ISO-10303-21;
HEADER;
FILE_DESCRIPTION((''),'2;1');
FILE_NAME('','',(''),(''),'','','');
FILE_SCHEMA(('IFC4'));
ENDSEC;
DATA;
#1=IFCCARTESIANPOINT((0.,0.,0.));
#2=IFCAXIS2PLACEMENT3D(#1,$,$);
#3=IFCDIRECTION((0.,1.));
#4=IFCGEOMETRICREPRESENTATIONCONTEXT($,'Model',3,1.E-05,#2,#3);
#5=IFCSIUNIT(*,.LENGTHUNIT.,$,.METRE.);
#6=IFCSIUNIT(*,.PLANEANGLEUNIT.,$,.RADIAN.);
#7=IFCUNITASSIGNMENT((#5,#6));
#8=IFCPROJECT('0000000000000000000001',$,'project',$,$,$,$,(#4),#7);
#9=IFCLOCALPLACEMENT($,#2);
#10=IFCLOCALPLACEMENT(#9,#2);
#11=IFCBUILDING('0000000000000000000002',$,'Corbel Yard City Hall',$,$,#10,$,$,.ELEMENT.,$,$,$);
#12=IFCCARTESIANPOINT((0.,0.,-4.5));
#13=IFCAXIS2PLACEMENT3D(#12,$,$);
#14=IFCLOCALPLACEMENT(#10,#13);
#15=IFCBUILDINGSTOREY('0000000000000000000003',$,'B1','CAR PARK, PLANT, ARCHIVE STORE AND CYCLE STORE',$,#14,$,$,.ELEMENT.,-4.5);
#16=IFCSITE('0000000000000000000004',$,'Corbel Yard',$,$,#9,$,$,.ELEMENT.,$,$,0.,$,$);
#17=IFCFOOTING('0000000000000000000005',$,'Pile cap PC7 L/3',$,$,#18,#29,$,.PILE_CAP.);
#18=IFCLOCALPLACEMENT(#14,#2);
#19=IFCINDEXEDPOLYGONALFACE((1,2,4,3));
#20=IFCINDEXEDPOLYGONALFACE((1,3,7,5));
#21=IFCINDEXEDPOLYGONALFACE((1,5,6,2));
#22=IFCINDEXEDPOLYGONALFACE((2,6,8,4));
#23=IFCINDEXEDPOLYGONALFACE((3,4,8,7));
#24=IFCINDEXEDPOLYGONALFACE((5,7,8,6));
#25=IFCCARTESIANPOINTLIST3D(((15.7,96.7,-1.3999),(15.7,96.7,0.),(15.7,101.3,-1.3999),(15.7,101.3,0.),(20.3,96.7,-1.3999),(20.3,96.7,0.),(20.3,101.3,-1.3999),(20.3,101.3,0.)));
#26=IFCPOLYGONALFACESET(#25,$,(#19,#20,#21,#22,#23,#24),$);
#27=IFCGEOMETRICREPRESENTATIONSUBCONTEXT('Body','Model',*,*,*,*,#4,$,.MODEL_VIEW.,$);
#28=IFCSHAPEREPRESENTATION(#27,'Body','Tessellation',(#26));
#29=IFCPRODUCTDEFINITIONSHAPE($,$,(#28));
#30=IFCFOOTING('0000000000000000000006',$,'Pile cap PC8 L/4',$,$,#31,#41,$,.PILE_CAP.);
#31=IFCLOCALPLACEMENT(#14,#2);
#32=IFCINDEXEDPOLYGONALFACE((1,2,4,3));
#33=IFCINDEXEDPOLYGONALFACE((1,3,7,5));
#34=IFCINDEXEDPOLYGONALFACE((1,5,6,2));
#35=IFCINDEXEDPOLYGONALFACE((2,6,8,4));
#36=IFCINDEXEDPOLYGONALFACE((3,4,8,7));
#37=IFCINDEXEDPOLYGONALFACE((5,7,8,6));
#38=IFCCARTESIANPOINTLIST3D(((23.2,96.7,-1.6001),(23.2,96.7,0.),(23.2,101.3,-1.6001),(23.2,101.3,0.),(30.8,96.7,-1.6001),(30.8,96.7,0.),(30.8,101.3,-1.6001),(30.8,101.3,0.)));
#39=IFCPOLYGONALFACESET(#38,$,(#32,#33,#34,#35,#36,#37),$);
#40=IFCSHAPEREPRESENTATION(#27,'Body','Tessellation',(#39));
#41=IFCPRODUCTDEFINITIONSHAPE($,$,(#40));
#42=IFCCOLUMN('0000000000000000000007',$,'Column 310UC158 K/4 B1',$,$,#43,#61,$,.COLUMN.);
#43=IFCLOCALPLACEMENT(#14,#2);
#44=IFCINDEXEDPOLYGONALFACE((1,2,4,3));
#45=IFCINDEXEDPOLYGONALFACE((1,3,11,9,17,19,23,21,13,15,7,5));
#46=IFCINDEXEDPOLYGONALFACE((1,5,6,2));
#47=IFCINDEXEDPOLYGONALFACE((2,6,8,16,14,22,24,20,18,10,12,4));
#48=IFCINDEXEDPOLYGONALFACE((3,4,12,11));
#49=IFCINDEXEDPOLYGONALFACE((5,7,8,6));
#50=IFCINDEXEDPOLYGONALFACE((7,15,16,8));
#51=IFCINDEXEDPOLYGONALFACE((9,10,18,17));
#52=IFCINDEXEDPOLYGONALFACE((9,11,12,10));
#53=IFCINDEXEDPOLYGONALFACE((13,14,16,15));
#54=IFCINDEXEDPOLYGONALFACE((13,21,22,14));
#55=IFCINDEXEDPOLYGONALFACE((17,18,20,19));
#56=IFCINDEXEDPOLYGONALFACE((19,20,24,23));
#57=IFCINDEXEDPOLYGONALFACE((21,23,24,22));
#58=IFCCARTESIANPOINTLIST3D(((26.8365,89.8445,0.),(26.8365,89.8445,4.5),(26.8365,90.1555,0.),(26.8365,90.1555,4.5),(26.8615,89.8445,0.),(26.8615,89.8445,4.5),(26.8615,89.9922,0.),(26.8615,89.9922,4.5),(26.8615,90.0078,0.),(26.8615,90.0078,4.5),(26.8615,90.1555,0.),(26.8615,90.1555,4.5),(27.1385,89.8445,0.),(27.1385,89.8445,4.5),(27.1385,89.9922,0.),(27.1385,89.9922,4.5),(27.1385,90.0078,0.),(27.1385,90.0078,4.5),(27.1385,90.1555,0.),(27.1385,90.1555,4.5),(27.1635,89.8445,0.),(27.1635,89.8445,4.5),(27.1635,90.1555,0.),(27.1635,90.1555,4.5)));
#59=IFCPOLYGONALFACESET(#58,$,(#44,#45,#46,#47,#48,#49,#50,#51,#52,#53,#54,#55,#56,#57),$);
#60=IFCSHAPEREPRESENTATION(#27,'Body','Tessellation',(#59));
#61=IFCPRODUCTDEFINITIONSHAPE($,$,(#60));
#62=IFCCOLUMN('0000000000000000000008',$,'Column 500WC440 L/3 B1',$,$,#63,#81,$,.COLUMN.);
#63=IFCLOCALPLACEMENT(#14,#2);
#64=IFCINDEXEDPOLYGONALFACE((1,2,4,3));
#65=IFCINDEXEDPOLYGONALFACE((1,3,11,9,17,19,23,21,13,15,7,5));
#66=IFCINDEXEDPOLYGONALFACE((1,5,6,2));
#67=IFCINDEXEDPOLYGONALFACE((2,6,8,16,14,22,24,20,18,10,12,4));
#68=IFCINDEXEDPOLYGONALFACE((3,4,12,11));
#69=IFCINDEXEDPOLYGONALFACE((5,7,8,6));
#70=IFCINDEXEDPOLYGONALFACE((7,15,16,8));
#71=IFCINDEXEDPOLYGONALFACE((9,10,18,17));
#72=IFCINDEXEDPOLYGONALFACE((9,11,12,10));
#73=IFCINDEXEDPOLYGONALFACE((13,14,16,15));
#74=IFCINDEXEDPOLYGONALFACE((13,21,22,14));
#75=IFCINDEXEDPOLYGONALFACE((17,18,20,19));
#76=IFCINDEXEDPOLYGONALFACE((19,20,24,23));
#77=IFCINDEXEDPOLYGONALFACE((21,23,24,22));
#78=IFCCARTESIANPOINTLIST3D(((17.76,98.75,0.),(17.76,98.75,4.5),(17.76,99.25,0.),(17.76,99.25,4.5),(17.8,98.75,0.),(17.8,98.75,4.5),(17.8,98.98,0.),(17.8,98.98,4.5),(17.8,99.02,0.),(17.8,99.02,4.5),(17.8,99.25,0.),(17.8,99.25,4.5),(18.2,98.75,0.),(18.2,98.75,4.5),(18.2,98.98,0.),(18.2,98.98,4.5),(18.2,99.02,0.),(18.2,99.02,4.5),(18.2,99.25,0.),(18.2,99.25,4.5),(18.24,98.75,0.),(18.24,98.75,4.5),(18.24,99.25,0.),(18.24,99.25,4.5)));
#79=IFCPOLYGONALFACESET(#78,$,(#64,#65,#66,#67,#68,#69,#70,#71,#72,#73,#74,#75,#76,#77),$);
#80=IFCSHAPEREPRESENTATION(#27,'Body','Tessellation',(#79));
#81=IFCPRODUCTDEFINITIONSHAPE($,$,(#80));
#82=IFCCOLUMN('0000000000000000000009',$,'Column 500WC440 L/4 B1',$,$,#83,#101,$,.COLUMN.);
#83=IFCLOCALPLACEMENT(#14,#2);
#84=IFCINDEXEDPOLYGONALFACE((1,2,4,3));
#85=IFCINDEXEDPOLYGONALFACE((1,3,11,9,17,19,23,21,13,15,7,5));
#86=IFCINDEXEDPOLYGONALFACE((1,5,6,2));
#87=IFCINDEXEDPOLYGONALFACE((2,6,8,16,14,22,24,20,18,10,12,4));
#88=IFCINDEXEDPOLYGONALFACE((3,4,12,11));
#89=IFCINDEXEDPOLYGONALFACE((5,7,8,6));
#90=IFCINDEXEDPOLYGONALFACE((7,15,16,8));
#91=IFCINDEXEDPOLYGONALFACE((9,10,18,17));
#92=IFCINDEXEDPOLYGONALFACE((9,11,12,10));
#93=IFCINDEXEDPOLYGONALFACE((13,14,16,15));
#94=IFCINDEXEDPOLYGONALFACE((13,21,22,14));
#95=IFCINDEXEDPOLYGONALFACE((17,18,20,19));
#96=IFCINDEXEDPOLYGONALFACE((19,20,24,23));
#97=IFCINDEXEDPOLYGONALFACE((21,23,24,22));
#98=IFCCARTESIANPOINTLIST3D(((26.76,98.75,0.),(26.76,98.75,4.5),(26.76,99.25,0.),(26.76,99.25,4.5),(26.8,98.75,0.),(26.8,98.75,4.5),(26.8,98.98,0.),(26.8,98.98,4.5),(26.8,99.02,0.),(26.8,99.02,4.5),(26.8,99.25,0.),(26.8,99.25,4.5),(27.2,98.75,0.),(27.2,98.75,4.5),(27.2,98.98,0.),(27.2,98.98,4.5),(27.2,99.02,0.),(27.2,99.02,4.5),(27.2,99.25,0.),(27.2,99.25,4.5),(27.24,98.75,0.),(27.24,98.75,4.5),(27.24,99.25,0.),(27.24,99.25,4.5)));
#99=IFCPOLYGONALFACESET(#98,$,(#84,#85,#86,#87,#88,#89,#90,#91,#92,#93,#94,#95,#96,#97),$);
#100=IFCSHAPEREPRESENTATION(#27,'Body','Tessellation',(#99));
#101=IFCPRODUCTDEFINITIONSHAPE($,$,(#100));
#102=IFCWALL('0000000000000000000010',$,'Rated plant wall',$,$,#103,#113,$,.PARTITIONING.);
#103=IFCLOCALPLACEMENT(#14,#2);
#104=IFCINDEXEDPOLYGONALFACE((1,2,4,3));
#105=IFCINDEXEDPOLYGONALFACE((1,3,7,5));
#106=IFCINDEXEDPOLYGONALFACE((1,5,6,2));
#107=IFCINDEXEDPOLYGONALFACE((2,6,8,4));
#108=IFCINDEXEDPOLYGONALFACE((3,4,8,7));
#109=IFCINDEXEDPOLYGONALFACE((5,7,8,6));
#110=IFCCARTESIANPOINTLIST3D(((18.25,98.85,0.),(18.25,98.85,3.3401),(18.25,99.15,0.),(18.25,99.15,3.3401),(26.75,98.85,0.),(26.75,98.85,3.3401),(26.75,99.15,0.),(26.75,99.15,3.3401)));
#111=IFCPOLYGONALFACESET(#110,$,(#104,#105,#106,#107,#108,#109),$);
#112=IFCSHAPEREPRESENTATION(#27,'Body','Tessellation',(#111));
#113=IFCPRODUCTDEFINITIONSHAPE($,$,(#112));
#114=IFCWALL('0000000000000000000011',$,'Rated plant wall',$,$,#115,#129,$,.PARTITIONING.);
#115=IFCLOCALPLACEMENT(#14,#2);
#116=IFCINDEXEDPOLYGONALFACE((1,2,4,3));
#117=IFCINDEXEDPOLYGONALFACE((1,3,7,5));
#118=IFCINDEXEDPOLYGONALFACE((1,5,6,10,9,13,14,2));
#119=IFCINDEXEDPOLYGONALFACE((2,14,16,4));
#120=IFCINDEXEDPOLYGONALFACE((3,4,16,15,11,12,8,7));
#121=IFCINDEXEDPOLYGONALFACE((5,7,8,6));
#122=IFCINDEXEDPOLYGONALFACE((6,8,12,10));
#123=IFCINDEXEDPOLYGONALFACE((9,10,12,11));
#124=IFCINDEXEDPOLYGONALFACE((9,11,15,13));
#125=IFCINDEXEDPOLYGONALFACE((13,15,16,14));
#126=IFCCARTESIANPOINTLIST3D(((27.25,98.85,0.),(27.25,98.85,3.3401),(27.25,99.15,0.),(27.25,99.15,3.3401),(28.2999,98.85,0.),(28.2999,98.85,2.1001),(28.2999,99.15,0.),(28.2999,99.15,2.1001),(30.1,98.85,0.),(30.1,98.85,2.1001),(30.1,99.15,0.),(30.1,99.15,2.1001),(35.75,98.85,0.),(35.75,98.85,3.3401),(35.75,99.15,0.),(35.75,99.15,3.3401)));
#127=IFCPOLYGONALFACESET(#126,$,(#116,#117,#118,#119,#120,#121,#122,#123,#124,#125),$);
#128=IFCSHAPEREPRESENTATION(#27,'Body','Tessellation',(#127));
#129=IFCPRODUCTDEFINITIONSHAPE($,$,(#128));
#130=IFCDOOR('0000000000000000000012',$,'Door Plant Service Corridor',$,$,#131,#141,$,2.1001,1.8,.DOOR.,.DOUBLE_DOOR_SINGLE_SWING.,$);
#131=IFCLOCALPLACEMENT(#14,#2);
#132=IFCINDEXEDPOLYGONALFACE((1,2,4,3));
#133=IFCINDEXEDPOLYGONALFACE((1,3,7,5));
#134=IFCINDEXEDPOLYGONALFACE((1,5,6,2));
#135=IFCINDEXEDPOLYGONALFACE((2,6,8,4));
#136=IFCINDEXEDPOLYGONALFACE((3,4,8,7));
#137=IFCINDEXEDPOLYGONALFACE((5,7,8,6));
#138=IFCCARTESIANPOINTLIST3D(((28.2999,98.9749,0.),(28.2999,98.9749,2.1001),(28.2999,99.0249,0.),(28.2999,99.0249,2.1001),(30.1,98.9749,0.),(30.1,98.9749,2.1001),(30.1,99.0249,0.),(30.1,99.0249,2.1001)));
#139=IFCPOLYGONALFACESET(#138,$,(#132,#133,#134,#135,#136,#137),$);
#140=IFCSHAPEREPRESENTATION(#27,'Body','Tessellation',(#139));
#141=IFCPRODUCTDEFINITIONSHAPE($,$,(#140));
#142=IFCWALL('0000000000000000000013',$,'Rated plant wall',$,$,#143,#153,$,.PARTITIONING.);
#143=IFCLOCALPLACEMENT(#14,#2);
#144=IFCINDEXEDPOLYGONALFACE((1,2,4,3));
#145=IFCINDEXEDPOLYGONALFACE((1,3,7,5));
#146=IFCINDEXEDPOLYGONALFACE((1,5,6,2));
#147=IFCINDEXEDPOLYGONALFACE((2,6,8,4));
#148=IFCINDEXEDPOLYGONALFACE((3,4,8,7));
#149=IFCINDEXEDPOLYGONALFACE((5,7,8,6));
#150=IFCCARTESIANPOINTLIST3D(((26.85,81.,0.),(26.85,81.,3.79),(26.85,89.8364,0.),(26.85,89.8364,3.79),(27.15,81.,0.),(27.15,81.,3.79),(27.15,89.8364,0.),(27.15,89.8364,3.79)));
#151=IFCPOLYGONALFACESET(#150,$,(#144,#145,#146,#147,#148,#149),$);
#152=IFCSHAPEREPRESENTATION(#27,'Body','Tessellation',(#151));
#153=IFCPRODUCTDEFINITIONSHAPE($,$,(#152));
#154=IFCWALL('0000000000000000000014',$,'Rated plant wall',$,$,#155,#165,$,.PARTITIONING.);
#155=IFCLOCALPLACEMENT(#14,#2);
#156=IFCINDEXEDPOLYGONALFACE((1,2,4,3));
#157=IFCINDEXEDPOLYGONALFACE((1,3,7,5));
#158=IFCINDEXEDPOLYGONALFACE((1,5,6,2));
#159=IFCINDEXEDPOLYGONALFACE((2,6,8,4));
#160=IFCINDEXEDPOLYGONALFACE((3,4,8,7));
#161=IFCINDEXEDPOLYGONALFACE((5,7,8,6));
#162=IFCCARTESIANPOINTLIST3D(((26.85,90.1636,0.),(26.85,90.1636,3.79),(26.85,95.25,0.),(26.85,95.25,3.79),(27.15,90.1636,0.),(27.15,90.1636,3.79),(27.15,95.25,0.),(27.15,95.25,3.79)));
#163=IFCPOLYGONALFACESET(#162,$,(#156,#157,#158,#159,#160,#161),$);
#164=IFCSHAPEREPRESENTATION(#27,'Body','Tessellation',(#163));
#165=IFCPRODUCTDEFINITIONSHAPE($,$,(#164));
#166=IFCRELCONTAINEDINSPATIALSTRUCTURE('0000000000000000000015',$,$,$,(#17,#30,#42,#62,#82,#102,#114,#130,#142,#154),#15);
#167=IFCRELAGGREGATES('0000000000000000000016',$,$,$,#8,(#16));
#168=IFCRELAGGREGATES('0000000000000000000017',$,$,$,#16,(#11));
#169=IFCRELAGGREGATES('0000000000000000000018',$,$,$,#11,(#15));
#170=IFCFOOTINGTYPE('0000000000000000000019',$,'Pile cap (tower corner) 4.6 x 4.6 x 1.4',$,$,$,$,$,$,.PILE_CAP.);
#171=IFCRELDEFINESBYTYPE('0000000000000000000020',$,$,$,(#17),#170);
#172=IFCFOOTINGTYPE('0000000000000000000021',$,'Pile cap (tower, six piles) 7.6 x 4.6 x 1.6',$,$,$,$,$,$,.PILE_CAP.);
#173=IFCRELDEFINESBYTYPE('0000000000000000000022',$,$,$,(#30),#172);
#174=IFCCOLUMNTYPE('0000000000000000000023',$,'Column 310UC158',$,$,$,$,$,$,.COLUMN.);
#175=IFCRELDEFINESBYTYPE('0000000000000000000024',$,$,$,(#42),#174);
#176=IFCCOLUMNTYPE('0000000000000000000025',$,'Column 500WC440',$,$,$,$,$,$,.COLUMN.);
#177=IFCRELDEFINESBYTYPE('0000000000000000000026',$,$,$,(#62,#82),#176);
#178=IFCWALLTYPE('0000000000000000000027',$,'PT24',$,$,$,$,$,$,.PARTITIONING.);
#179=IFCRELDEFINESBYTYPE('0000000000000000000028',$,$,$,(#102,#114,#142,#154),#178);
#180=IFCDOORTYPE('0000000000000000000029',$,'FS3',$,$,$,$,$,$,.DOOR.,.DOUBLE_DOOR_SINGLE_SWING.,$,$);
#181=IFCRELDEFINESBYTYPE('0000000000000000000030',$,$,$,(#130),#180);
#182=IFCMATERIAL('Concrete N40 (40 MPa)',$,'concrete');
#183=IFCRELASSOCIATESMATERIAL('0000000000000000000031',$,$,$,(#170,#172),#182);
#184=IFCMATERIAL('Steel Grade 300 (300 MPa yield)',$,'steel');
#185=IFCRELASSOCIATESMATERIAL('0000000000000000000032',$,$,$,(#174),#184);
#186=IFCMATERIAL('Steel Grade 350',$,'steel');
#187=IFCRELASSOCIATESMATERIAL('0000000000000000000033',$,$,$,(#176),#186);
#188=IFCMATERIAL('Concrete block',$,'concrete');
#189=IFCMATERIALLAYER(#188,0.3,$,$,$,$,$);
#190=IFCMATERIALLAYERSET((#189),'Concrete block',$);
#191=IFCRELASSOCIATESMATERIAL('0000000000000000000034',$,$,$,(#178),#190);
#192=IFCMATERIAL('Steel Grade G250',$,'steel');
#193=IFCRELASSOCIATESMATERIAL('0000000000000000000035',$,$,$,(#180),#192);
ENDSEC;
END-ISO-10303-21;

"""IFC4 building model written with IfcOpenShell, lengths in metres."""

from ifc_helpers import new_model, si_unit, direction, frame, frame_2d, origin, origin_2d, place, context, subcontext, project, spatial, rectangle, i_section, extrude, material, layer, layer_set, material_profile, profile_set, type_object, element, fill, save


model = new_model("IFC4")

# Units and contexts
model_context = context("Model", 3, precision=1e-05, world=origin(), true_north=direction((0.0, 1.0)))
body_context = subcontext(model_context, "Body", "Model", "MODEL_VIEW")
ifc_project = project(units=[si_unit("LENGTHUNIT", "METRE"), si_unit("PLANEANGLEUNIT", "RADIAN")], contexts=[model_context])

# Site, building, storey
site_placement = place(None, origin())
site = spatial("IfcSite", under=ifc_project, at=site_placement, Name="Corbel Yard", CompositionType="ELEMENT", RefElevation=0.0)
building_placement = place(site_placement, origin())
building = spatial("IfcBuilding", under=site, at=building_placement, Name="Corbel Yard City Hall", CompositionType="ELEMENT")
storey_placement = place(building_placement, frame((0.0, 0.0, -4.5)))
storey = spatial("IfcBuildingStorey", under=building, at=storey_placement, Name="B1", Description="CAR PARK, PLANT, ARCHIVE STORE AND CYCLE STORE", CompositionType="ELEMENT", Elevation=-4.5)

# Shared definitions
ifc_material_1 = material(Name="Concrete N40 (40 MPa)", Category="concrete")

# Footings
footing_type_1 = type_object("IfcFootingType", Name="Pile cap (tower corner) 4.6 x 4.6 x 1.4", PredefinedType="PILE_CAP", material=ifc_material_1)
footing_1_placement = place(storey_placement, frame((18.0, 99.0, -1.3999), z_axis=(0.0, 0.0, 1.0), x_axis=(1.0, 0.0, 0.0)))
element("IfcFooting", 1, at=footing_1_placement, inside=storey, type_object=footing_type_1, Name="Pile cap PC7 L/3", PredefinedType="PILE_CAP", context=body_context, shape_type="SweptSolid", body=[
    extrude(rectangle(XDim=4.6001, YDim=4.6001, at=origin_2d()), origin(), (0.0, 0.0, 1.0), 1.3999),
])
footing_type_2 = type_object("IfcFootingType", Name="Pile cap (tower, six piles) 7.6 x 4.6 x 1.6", PredefinedType="PILE_CAP", material=ifc_material_1)
footing_2_placement = place(storey_placement, frame((27.0, 99.0, -1.6001), z_axis=(0.0, 0.0, 1.0), x_axis=(1.0, 0.0, 0.0)))
element("IfcFooting", 2, at=footing_2_placement, inside=storey, type_object=footing_type_2, Name="Pile cap PC8 L/4", PredefinedType="PILE_CAP", context=body_context, shape_type="SweptSolid", body=[
    extrude(rectangle(XDim=7.6001, YDim=4.6001, at=origin_2d()), origin(), (0.0, 0.0, 1.0), 1.6001),
])

# Columns
ifc_material_2 = material(Name="Steel Grade 300 (300 MPa yield)", Category="steel")
ifc_material_profile_1 = material_profile(ifc_material_2, i_section(OverallWidth=0.311, OverallDepth=0.3269, WebThickness=0.0156, FlangeThickness=0.0249, at=origin_2d()), Name="310UC158")
ifc_profile_set_1 = profile_set([ifc_material_profile_1], Name="Steel Grade 300 (300 MPa yield)")
column_type_1 = type_object("IfcColumnType", Name="Column 310UC158", PredefinedType="COLUMN", material=ifc_profile_set_1)
column_placement = place(storey_placement, frame((27.0, 90.0, 0.0), z_axis=(0.0, 0.0, 1.0), x_axis=(0.0, 1.0, 0.0)))
element("IfcColumn", 3, at=column_placement, inside=storey, type_object=column_type_1, Name="Column 310UC158 K/4 B1", PredefinedType="COLUMN", context=body_context, shape_type="SweptSolid", body=[
    extrude(i_section(OverallWidth=0.311, OverallDepth=0.3269, WebThickness=0.0156, FlangeThickness=0.0249, at=origin_2d()), origin(), (0.0, 0.0, 1.0), 4.5),
])
ifc_material_3 = material(Name="Steel Grade 350", Category="steel")
ifc_material_profile_2 = material_profile(ifc_material_3, i_section(OverallWidth=0.5, OverallDepth=0.48, WebThickness=0.04, FlangeThickness=0.04, at=origin_2d()), Name="500WC440")
ifc_profile_set_2 = profile_set([ifc_material_profile_2], Name="Steel Grade 350")
column_type_2 = type_object("IfcColumnType", Name="Column 500WC440", PredefinedType="COLUMN", material=ifc_profile_set_2)
for number, where, z_axis, x_axis, name in (
    (4, (18.0, 99.0, 0.0), (0.0, 0.0, 1.0), (0.0, 1.0, 0.0), "Column 500WC440 L/3 B1"),
    (5, (27.0, 99.0, 0.0), (0.0, 0.0, 1.0), (0.0, 1.0, 0.0), "Column 500WC440 L/4 B1"),
):
    element("IfcColumn", number, at=place(storey_placement, frame(where, z_axis=z_axis, x_axis=x_axis)), inside=storey, type_object=column_type_2, Name=name, PredefinedType="COLUMN", context=body_context, shape_type="SweptSolid", body=[
        extrude(i_section(OverallWidth=0.5, OverallDepth=0.48, WebThickness=0.04, FlangeThickness=0.04, at=origin_2d()), origin(), (0.0, 0.0, 1.0), 4.5),
    ])

# Wall
ifc_material_4 = material(Name="Concrete block", Category="concrete")
ifc_layer_1 = layer(ifc_material_4, 0.3)
ifc_layer_set_1 = layer_set([ifc_layer_1], Name="Concrete block")
wall_type_1 = type_object("IfcWallType", Name="PT24", PredefinedType="PARTITIONING", material=ifc_layer_set_1)
wall_1_placement = place(storey_placement, frame((18.25, 99.0, 0.0), z_axis=(0.0, 0.0, 1.0), x_axis=(1.0, 0.0, 0.0)))
element("IfcWall", 6, at=wall_1_placement, inside=storey, type_object=wall_type_1, Name="Rated plant wall", PredefinedType="PARTITIONING", context=body_context, shape_type="SweptSolid", body=[
    extrude(rectangle(XDim=8.5, YDim=0.3, at=frame_2d((4.25, 0.0))), origin(), (0.0, 0.0, 1.0), 3.3401),
])

# Wall, opening, door
wall_2_placement = place(storey_placement, frame((27.25, 99.0, 0.0), z_axis=(0.0, 0.0, 1.0), x_axis=(1.0, 0.0, 0.0)))
wall_2 = element("IfcWall", 7, at=wall_2_placement, inside=storey, type_object=wall_type_1, Name="Rated plant wall", PredefinedType="PARTITIONING", context=body_context, shape_type="SweptSolid", body=[
    extrude(rectangle(XDim=8.5, YDim=0.3, at=frame_2d((4.25, 0.0))), origin(), (0.0, 0.0, 1.0), 3.3401),
])
opening_1_placement = place(wall_2_placement, frame((1.05, 0.0, 0.0)))
opening_1 = element("IfcOpeningElement", 8, at=opening_1_placement, cuts=wall_2, PredefinedType="OPENING", context=body_context, shape_type="SweptSolid", body=[
    extrude(rectangle(XDim=1.8, YDim=2.1001, at=frame_2d((0.8999, 1.05))), frame((0.0, 0.1599, 0.0), z_axis=(0.0, -1.0, 0.0), x_axis=(1.0, 0.0, 0.0)), (0.0, 0.0, 1.0), 0.3201),
])
ifc_material_5 = material(Name="Steel Grade G250", Category="steel")
door_type_1 = type_object("IfcDoorType", Name="FS3", OperationType="DOUBLE_DOOR_SINGLE_SWING", PredefinedType="DOOR", material=ifc_material_5)
door_1_placement = place(opening_1_placement, origin())
door_1 = element("IfcDoor", 9, at=door_1_placement, inside=storey, type_object=door_type_1, Name="Door Plant Service Corridor", OperationType="DOUBLE_DOOR_SINGLE_SWING", OverallHeight=2.1001, OverallWidth=1.8, PredefinedType="DOOR", context=body_context, shape_type="SweptSolid", body=[
    extrude(rectangle(XDim=1.8, YDim=2.1001, at=frame_2d((0.8999, 1.05))), frame((0.0, 0.0249, 0.0), z_axis=(0.0, -1.0, 0.0), x_axis=(1.0, 0.0, 0.0)), (0.0, 0.0, 1.0), 0.05),
])
fill(opening_1, door_1)

# Walls
wall_3_placement = place(storey_placement, frame((27.0, 81.0, 0.0), z_axis=(0.0, 0.0, 1.0), x_axis=(0.0, 1.0, 0.0)))
element("IfcWall", 10, at=wall_3_placement, inside=storey, type_object=wall_type_1, Name="Rated plant wall", PredefinedType="PARTITIONING", context=body_context, shape_type="SweptSolid", body=[
    extrude(rectangle(XDim=8.8364, YDim=0.3, at=frame_2d((4.4182, 0.0))), origin(), (0.0, 0.0, 1.0), 3.79),
])
wall_4_placement = place(storey_placement, frame((27.0, 90.1636, 0.0), z_axis=(0.0, 0.0, 1.0), x_axis=(0.0, 1.0, 0.0)))
element("IfcWall", 11, at=wall_4_placement, inside=storey, type_object=wall_type_1, Name="Rated plant wall", PredefinedType="PARTITIONING", context=body_context, shape_type="SweptSolid", body=[
    extrude(rectangle(XDim=5.0864, YDim=0.3, at=frame_2d((2.5432, 0.0))), origin(), (0.0, 0.0, 1.0), 3.79),
])

save(model, "model.ifc")
